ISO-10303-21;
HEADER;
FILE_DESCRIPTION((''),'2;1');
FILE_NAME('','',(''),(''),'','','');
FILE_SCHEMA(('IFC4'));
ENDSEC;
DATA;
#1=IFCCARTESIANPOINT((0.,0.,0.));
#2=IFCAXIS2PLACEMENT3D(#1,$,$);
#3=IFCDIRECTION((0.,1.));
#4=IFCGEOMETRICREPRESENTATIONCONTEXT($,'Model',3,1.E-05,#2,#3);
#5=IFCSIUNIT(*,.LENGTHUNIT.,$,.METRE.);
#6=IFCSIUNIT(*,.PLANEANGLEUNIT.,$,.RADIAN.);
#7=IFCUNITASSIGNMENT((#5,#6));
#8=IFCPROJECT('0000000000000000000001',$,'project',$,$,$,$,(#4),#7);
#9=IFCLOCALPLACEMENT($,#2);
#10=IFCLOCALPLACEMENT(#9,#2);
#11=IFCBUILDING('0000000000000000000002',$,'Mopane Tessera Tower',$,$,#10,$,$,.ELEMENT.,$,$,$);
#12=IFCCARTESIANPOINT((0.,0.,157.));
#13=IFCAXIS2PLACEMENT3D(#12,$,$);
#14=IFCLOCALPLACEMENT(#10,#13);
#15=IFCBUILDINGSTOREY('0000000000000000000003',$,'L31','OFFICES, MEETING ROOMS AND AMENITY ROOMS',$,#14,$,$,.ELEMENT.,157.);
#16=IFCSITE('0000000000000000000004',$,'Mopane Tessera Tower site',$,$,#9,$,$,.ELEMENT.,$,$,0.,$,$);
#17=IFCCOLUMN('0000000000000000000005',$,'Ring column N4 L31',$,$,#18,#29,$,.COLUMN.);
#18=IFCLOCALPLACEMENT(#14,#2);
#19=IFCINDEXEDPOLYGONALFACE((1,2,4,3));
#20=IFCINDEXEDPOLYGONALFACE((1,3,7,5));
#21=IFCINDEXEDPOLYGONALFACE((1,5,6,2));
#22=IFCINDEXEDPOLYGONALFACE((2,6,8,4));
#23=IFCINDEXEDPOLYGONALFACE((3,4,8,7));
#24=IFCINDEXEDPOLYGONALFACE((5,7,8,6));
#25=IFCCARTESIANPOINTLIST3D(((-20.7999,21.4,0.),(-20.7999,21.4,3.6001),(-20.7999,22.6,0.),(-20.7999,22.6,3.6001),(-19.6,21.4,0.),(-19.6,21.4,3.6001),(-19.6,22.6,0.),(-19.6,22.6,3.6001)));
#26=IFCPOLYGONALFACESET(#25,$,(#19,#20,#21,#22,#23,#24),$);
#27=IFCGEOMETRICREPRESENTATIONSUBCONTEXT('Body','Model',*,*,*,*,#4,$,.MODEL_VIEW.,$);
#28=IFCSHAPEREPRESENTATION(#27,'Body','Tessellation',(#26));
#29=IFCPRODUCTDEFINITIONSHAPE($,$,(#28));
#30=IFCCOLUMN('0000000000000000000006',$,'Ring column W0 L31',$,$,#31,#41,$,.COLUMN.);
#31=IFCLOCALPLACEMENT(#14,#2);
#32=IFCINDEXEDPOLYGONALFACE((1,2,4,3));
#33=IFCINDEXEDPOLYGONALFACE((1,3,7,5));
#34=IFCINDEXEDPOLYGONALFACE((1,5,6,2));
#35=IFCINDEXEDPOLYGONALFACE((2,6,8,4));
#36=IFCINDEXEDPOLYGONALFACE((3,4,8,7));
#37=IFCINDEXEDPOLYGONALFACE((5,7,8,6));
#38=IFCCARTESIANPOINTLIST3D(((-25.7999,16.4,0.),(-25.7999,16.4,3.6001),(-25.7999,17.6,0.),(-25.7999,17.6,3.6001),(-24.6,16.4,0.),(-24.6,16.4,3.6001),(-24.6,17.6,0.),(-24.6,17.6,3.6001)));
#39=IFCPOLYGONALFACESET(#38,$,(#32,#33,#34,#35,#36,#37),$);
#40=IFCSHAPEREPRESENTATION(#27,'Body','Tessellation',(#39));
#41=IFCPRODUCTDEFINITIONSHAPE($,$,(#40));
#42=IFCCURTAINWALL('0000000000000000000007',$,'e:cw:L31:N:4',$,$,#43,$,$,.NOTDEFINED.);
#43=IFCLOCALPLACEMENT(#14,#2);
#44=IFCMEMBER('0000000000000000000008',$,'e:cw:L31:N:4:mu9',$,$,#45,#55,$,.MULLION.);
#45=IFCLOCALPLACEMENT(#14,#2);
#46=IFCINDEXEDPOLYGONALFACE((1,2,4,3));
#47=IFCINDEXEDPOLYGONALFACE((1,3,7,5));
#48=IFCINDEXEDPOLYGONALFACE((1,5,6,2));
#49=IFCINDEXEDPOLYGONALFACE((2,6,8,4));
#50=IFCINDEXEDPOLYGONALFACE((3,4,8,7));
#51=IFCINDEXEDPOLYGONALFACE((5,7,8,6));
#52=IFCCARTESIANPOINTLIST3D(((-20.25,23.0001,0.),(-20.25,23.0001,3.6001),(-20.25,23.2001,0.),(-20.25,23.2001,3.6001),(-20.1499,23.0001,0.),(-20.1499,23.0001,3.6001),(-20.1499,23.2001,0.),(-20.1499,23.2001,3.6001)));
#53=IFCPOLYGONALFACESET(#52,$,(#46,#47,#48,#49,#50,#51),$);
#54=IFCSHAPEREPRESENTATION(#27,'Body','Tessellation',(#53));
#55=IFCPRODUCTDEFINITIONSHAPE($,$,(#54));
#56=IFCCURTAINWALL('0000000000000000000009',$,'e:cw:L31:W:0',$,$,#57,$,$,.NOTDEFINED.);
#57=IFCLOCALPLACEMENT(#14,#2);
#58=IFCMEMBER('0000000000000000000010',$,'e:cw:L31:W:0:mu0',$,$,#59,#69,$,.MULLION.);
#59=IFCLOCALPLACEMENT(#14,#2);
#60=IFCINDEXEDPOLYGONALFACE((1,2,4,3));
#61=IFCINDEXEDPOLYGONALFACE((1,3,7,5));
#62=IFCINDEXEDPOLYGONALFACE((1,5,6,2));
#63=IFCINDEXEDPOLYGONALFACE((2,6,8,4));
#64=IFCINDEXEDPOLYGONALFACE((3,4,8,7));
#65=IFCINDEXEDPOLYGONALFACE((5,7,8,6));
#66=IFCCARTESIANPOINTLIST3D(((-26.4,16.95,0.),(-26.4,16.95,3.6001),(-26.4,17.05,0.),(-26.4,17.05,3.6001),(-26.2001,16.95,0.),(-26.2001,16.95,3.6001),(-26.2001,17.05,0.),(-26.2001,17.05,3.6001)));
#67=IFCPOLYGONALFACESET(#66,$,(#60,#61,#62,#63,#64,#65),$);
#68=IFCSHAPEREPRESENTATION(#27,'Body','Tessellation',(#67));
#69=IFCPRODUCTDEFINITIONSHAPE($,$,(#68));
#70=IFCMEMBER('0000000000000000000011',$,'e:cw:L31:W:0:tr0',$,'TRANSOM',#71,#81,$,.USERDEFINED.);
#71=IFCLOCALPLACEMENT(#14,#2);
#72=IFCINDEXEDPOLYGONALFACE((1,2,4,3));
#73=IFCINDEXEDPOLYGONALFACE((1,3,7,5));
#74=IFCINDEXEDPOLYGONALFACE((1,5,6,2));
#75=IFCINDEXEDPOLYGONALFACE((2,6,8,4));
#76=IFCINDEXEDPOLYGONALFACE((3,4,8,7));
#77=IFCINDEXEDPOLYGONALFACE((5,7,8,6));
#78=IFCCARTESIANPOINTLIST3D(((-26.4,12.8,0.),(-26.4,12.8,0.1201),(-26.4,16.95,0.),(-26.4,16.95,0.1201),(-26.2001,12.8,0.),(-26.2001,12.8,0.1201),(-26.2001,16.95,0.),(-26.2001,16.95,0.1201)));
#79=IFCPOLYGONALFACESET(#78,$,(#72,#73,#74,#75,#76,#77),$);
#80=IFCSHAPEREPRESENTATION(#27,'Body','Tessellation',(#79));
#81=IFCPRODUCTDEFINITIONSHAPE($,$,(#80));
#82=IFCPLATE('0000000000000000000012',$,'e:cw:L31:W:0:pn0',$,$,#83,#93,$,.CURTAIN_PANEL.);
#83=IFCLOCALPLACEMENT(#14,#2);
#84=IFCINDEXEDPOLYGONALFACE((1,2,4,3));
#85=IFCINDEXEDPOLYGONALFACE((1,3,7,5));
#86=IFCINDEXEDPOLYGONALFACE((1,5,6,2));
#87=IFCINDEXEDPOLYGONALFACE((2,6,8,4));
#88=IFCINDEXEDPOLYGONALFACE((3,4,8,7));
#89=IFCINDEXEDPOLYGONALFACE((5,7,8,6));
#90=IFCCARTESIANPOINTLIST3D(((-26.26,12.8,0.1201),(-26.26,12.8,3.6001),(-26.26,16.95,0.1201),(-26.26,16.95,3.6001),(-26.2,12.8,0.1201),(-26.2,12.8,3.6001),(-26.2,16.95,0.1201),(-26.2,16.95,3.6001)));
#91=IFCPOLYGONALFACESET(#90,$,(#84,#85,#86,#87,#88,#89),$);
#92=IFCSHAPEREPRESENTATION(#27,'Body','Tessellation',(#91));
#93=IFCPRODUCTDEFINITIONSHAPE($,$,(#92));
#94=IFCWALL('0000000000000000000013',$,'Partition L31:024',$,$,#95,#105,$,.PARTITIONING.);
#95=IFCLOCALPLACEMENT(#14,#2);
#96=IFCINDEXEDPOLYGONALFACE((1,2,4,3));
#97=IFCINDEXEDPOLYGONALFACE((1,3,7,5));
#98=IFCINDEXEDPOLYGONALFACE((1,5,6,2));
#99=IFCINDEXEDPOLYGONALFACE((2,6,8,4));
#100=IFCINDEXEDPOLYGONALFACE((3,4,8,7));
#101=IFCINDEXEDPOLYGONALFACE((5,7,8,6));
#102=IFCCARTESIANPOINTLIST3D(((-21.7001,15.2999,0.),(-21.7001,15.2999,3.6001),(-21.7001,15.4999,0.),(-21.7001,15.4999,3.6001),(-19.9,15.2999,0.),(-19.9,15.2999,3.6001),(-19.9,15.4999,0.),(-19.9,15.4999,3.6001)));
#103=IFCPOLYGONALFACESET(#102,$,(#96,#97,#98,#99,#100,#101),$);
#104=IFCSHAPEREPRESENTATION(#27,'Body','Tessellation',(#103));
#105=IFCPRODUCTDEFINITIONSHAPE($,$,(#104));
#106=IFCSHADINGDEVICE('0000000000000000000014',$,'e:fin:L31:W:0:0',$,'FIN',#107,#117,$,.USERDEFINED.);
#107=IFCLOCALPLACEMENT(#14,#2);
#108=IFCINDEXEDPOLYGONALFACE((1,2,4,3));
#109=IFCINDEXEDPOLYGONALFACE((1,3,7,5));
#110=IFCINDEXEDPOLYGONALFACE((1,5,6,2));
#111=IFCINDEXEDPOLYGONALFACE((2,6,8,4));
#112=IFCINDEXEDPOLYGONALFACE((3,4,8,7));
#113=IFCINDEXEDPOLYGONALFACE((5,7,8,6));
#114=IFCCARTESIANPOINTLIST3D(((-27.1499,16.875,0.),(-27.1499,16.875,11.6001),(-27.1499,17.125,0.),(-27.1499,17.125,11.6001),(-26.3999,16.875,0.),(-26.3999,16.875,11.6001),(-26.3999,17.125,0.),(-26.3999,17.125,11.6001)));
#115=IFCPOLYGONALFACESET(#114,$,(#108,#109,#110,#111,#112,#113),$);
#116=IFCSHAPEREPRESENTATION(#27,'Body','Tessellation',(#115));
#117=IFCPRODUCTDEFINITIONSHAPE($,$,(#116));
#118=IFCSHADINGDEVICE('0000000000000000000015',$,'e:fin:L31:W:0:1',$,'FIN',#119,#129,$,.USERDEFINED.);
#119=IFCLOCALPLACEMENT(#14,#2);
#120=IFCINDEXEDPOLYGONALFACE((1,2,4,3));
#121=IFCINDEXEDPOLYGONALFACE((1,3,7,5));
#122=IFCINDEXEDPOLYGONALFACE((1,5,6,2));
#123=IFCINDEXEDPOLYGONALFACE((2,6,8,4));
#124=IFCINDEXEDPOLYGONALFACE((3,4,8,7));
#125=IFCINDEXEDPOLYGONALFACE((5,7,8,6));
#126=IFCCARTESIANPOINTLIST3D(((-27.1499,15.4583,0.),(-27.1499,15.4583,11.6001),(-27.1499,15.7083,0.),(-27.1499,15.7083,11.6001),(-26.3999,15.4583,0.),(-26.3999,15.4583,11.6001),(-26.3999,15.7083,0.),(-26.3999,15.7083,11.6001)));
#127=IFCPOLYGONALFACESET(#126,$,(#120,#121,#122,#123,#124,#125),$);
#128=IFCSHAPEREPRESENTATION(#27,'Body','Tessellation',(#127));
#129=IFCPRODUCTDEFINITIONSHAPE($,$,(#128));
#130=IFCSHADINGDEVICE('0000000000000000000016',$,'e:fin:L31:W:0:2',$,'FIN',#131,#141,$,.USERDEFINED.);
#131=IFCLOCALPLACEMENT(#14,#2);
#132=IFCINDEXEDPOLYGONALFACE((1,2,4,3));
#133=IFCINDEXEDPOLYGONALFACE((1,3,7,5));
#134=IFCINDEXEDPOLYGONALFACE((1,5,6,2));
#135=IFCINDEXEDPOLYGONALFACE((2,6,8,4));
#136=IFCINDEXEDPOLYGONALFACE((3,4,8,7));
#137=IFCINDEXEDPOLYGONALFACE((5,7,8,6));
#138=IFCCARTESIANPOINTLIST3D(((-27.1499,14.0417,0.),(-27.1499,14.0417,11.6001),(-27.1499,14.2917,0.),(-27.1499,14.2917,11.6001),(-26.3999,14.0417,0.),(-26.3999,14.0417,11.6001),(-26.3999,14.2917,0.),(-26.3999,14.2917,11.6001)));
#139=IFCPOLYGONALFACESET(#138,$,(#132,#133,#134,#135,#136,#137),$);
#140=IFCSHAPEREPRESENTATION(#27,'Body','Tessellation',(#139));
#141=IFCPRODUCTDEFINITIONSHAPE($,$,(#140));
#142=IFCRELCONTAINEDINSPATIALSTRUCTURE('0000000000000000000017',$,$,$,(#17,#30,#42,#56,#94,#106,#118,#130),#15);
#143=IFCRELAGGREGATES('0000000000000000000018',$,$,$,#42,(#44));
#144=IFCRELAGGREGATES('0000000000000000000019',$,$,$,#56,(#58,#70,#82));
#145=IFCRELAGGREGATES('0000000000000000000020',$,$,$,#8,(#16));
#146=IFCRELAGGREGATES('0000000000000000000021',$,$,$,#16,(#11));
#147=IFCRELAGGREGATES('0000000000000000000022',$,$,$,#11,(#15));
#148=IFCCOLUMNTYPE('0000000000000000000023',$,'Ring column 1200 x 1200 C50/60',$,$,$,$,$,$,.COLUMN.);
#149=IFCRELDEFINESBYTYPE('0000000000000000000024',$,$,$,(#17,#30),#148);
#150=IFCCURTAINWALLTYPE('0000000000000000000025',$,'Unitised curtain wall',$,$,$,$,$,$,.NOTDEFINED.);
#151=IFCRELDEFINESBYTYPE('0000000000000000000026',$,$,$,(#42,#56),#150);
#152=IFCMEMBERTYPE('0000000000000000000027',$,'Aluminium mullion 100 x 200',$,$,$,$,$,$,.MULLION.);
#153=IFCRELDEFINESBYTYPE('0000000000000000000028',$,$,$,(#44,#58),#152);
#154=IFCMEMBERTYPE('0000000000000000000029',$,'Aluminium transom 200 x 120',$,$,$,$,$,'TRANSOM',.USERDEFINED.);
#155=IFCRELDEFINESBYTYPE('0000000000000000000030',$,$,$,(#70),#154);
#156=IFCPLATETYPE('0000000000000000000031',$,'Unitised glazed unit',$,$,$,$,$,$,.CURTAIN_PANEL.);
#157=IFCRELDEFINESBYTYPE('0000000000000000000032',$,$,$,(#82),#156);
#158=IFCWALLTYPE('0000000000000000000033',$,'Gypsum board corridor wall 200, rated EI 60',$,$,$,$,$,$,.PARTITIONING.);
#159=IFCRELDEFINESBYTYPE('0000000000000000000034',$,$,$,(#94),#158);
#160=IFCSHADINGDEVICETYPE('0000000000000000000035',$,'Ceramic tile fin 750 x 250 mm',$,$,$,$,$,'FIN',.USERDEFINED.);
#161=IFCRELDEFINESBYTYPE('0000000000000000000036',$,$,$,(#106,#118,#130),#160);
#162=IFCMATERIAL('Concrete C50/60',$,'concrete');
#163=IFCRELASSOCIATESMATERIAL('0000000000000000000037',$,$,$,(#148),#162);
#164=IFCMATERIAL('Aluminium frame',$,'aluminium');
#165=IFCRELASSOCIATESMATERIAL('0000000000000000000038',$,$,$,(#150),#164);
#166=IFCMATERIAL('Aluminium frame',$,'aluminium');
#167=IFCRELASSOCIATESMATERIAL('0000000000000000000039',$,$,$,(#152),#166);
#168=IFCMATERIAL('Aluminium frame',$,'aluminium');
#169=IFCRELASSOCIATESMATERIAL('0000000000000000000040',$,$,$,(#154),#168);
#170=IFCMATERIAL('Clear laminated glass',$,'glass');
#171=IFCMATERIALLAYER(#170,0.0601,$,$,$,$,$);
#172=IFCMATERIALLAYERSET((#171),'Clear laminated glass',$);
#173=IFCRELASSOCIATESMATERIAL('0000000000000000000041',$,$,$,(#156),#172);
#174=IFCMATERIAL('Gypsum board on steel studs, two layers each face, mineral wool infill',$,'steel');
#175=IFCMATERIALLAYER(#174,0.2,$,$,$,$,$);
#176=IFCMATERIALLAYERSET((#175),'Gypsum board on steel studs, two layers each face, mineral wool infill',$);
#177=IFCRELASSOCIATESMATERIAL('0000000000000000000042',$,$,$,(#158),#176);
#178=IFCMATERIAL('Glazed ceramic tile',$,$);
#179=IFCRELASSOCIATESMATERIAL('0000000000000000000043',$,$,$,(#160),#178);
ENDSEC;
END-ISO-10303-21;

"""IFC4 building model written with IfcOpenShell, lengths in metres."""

from ifc_helpers import new_model, si_unit, direction, frame, frame_2d, origin, origin_2d, place, context, subcontext, project, spatial, rectangle, extrude, material, layer, layer_set, material_profile, profile_set, type_object, element, aggregate, save


model = new_model("IFC4")

# Units and contexts
model_context = context("Model", 3, precision=1e-05, world=origin(), true_north=direction((0.0, 1.0)))
body_context = subcontext(model_context, "Body", "Model", "MODEL_VIEW")
ifc_project = project(units=[si_unit("LENGTHUNIT", "METRE"), si_unit("PLANEANGLEUNIT", "RADIAN")], contexts=[model_context])

# Site, building, storey
site_placement = place(None, origin())
site = spatial("IfcSite", under=ifc_project, at=site_placement, Name="Mopane Tessera Tower site", CompositionType="ELEMENT", RefElevation=0.0)
building_placement = place(site_placement, origin())
building = spatial("IfcBuilding", under=site, at=building_placement, Name="Mopane Tessera Tower", CompositionType="ELEMENT")
storey_placement = place(building_placement, frame((0.0, 0.0, 157.0)))
storey = spatial("IfcBuildingStorey", under=building, at=storey_placement, Name="L31", Description="OFFICES, MEETING ROOMS AND AMENITY ROOMS", CompositionType="ELEMENT", Elevation=157.0)

# Columns
ifc_material_1 = material(Name="Concrete C50/60", Category="concrete")
ifc_material_profile_1 = material_profile(ifc_material_1, rectangle(XDim=1.2, YDim=1.2, at=origin_2d()))
ifc_profile_set_1 = profile_set([ifc_material_profile_1], Name="Concrete C50/60")
column_type = type_object("IfcColumnType", Name="Ring column 1200 x 1200 C50/60", PredefinedType="COLUMN", material=ifc_profile_set_1)
for number, where, z_axis, x_axis, name in (
    (1, (-20.2, 22.0, 0.0), (0.0, 0.0, 1.0), (1.0, 0.0, 0.0), "Ring column N4 L31"),
    (2, (-25.2, 17.0, 0.0), (0.0, 0.0, 1.0), (1.0, 0.0, 0.0), "Ring column W0 L31"),
):
    element("IfcColumn", number, at=place(storey_placement, frame(where, z_axis=z_axis, x_axis=x_axis)), inside=storey, type_object=column_type, Name=name, PredefinedType="COLUMN", context=body_context, shape_type="SweptSolid", body=[
        extrude(rectangle(XDim=1.2, YDim=1.2, at=origin_2d()), origin(), (0.0, 0.0, 1.0), 3.6001),
    ])

# Curtain wall, member
ifc_material_2 = material(Name="Aluminium frame", Category="aluminium")
curtain_wall_type = type_object("IfcCurtainWallType", Name="Unitised curtain wall", PredefinedType="NOTDEFINED", material=ifc_material_2)
curtain_wall_1_placement = place(storey_placement, origin())
curtain_wall_1 = element("IfcCurtainWall", 3, at=curtain_wall_1_placement, inside=storey, type_object=curtain_wall_type, Name="e:cw:L31:N:4", PredefinedType="NOTDEFINED")
ifc_material_3 = material(Name="Aluminium frame", Category="aluminium")
ifc_material_profile_2 = material_profile(ifc_material_3, rectangle(XDim=0.1001, YDim=0.2, at=origin_2d()))
ifc_profile_set_2 = profile_set([ifc_material_profile_2], Name="Aluminium frame")
member_type_1 = type_object("IfcMemberType", Name="Aluminium mullion 100 x 200", PredefinedType="MULLION", material=ifc_profile_set_2)
member_1_placement = place(storey_placement, frame((-20.2, 23.1001, 0.0), z_axis=(0.0, 0.0, 1.0), x_axis=(-1.0, 0.0, 0.0)))
member_1 = element("IfcMember", 4, at=member_1_placement, type_object=member_type_1, Name="e:cw:L31:N:4:mu9", PredefinedType="MULLION", context=body_context, shape_type="SweptSolid", body=[
    extrude(rectangle(XDim=0.1001, YDim=0.2, at=origin_2d()), origin(), (0.0, 0.0, 1.0), 3.6001),
])
aggregate(curtain_wall_1, [member_1])

# Curtain wall, members, plate
curtain_wall_2_placement = place(storey_placement, origin())
curtain_wall_2 = element("IfcCurtainWall", 5, at=curtain_wall_2_placement, inside=storey, type_object=curtain_wall_type, Name="e:cw:L31:W:0", PredefinedType="NOTDEFINED")
member_2_placement = place(storey_placement, frame((-26.3, 17.0, 0.0), z_axis=(0.0, 0.0, 1.0), x_axis=(0.0, -1.0, 0.0)))
member_2 = element("IfcMember", 6, at=member_2_placement, type_object=member_type_1, Name="e:cw:L31:W:0:mu0", PredefinedType="MULLION", context=body_context, shape_type="SweptSolid", body=[
    extrude(rectangle(XDim=0.1001, YDim=0.2, at=origin_2d()), origin(), (0.0, 0.0, 1.0), 3.6001),
])
ifc_material_4 = material(Name="Aluminium frame", Category="aluminium")
ifc_material_profile_3 = material_profile(ifc_material_4, rectangle(XDim=0.2, YDim=0.1201, at=origin_2d()))
ifc_profile_set_3 = profile_set([ifc_material_profile_3], Name="Aluminium frame")
member_type_2 = type_object("IfcMemberType", Name="Aluminium transom 200 x 120", ElementType="TRANSOM", PredefinedType="USERDEFINED", material=ifc_profile_set_3)
member_3_placement = place(storey_placement, frame((-26.3, 16.95, 0.0601), z_axis=(0.0, -1.0, 0.0), x_axis=(1.0, 0.0, 0.0)))
member_3 = element("IfcMember", 7, at=member_3_placement, type_object=member_type_2, Name="e:cw:L31:W:0:tr0", ObjectType="TRANSOM", PredefinedType="USERDEFINED", context=body_context, shape_type="SweptSolid", body=[
    extrude(rectangle(XDim=0.2, YDim=0.1201, at=origin_2d()), origin(), (0.0, 0.0, 1.0), 4.1499),
])
ifc_material_5 = material(Name="Clear laminated glass", Category="glass")
ifc_layer_1 = layer(ifc_material_5, 0.0601)
ifc_layer_set_1 = layer_set([ifc_layer_1], Name="Clear laminated glass")
plate_type = type_object("IfcPlateType", Name="Unitised glazed unit", PredefinedType="CURTAIN_PANEL", material=ifc_layer_set_1)
plate_placement = place(storey_placement, frame((-26.23, 14.875, 0.1201), z_axis=(0.0, 0.0, 1.0), x_axis=(0.0, -1.0, 0.0)))
plate = element("IfcPlate", 8, at=plate_placement, type_object=plate_type, Name="e:cw:L31:W:0:pn0", PredefinedType="CURTAIN_PANEL", context=body_context, shape_type="SweptSolid", body=[
    extrude(rectangle(XDim=4.1499, YDim=0.0601, at=origin_2d()), origin(), (0.0, 0.0, 1.0), 3.48),
])
aggregate(curtain_wall_2, [member_2, member_3, plate])

# Wall
ifc_material_6 = material(Name="Gypsum board on steel studs, two layers each face, mineral wool infill", Category="steel")
ifc_layer_2 = layer(ifc_material_6, 0.2)
ifc_layer_set_2 = layer_set([ifc_layer_2], Name="Gypsum board on steel studs, two layers each face, mineral wool infill")
wall_type_1 = type_object("IfcWallType", Name="Gypsum board corridor wall 200, rated EI 60", PredefinedType="PARTITIONING", material=ifc_layer_set_2)
wall_1_placement = place(storey_placement, frame((-21.7, 15.3999, 0.0), z_axis=(0.0, 0.0, 1.0), x_axis=(1.0, 0.0, 0.0)))
element("IfcWall", 9, at=wall_1_placement, inside=storey, type_object=wall_type_1, Name="Partition L31:024", PredefinedType="PARTITIONING", context=body_context, shape_type="SweptSolid", body=[
    extrude(rectangle(XDim=1.8, YDim=0.2, at=frame_2d((0.8999, 0.0))), origin(), (0.0, 0.0, 1.0), 3.6001),
])

# Shading devices
ifc_material_7 = material(Name="Glazed ceramic tile")
shading_device_type = type_object("IfcShadingDeviceType", Name="Ceramic tile fin 750 x 250 mm", ElementType="FIN", PredefinedType="USERDEFINED", material=ifc_material_7)
for number, where, z_axis, x_axis, name in (
    (10, (-26.7749, 17.0, 0.0), (0.0, 0.0, 1.0), (0.0, -1.0, 0.0), "e:fin:L31:W:0:0"),
    (11, (-26.7749, 15.5833, 0.0), (0.0, 0.0, 1.0), (0.0, -1.0, 0.0), "e:fin:L31:W:0:1"),
    (12, (-26.7749, 14.1667, 0.0), (0.0, 0.0, 1.0), (0.0, -1.0, 0.0), "e:fin:L31:W:0:2"),
):
    element("IfcShadingDevice", number, at=place(storey_placement, frame(where, z_axis=z_axis, x_axis=x_axis)), inside=storey, type_object=shading_device_type, Name=name, ObjectType="FIN", PredefinedType="USERDEFINED", context=body_context, shape_type="SweptSolid", body=[
        extrude(rectangle(XDim=0.25, YDim=0.75, at=origin_2d()), origin(), (0.0, 0.0, 1.0), 11.6001),
    ])

save(model, "model.ifc")
